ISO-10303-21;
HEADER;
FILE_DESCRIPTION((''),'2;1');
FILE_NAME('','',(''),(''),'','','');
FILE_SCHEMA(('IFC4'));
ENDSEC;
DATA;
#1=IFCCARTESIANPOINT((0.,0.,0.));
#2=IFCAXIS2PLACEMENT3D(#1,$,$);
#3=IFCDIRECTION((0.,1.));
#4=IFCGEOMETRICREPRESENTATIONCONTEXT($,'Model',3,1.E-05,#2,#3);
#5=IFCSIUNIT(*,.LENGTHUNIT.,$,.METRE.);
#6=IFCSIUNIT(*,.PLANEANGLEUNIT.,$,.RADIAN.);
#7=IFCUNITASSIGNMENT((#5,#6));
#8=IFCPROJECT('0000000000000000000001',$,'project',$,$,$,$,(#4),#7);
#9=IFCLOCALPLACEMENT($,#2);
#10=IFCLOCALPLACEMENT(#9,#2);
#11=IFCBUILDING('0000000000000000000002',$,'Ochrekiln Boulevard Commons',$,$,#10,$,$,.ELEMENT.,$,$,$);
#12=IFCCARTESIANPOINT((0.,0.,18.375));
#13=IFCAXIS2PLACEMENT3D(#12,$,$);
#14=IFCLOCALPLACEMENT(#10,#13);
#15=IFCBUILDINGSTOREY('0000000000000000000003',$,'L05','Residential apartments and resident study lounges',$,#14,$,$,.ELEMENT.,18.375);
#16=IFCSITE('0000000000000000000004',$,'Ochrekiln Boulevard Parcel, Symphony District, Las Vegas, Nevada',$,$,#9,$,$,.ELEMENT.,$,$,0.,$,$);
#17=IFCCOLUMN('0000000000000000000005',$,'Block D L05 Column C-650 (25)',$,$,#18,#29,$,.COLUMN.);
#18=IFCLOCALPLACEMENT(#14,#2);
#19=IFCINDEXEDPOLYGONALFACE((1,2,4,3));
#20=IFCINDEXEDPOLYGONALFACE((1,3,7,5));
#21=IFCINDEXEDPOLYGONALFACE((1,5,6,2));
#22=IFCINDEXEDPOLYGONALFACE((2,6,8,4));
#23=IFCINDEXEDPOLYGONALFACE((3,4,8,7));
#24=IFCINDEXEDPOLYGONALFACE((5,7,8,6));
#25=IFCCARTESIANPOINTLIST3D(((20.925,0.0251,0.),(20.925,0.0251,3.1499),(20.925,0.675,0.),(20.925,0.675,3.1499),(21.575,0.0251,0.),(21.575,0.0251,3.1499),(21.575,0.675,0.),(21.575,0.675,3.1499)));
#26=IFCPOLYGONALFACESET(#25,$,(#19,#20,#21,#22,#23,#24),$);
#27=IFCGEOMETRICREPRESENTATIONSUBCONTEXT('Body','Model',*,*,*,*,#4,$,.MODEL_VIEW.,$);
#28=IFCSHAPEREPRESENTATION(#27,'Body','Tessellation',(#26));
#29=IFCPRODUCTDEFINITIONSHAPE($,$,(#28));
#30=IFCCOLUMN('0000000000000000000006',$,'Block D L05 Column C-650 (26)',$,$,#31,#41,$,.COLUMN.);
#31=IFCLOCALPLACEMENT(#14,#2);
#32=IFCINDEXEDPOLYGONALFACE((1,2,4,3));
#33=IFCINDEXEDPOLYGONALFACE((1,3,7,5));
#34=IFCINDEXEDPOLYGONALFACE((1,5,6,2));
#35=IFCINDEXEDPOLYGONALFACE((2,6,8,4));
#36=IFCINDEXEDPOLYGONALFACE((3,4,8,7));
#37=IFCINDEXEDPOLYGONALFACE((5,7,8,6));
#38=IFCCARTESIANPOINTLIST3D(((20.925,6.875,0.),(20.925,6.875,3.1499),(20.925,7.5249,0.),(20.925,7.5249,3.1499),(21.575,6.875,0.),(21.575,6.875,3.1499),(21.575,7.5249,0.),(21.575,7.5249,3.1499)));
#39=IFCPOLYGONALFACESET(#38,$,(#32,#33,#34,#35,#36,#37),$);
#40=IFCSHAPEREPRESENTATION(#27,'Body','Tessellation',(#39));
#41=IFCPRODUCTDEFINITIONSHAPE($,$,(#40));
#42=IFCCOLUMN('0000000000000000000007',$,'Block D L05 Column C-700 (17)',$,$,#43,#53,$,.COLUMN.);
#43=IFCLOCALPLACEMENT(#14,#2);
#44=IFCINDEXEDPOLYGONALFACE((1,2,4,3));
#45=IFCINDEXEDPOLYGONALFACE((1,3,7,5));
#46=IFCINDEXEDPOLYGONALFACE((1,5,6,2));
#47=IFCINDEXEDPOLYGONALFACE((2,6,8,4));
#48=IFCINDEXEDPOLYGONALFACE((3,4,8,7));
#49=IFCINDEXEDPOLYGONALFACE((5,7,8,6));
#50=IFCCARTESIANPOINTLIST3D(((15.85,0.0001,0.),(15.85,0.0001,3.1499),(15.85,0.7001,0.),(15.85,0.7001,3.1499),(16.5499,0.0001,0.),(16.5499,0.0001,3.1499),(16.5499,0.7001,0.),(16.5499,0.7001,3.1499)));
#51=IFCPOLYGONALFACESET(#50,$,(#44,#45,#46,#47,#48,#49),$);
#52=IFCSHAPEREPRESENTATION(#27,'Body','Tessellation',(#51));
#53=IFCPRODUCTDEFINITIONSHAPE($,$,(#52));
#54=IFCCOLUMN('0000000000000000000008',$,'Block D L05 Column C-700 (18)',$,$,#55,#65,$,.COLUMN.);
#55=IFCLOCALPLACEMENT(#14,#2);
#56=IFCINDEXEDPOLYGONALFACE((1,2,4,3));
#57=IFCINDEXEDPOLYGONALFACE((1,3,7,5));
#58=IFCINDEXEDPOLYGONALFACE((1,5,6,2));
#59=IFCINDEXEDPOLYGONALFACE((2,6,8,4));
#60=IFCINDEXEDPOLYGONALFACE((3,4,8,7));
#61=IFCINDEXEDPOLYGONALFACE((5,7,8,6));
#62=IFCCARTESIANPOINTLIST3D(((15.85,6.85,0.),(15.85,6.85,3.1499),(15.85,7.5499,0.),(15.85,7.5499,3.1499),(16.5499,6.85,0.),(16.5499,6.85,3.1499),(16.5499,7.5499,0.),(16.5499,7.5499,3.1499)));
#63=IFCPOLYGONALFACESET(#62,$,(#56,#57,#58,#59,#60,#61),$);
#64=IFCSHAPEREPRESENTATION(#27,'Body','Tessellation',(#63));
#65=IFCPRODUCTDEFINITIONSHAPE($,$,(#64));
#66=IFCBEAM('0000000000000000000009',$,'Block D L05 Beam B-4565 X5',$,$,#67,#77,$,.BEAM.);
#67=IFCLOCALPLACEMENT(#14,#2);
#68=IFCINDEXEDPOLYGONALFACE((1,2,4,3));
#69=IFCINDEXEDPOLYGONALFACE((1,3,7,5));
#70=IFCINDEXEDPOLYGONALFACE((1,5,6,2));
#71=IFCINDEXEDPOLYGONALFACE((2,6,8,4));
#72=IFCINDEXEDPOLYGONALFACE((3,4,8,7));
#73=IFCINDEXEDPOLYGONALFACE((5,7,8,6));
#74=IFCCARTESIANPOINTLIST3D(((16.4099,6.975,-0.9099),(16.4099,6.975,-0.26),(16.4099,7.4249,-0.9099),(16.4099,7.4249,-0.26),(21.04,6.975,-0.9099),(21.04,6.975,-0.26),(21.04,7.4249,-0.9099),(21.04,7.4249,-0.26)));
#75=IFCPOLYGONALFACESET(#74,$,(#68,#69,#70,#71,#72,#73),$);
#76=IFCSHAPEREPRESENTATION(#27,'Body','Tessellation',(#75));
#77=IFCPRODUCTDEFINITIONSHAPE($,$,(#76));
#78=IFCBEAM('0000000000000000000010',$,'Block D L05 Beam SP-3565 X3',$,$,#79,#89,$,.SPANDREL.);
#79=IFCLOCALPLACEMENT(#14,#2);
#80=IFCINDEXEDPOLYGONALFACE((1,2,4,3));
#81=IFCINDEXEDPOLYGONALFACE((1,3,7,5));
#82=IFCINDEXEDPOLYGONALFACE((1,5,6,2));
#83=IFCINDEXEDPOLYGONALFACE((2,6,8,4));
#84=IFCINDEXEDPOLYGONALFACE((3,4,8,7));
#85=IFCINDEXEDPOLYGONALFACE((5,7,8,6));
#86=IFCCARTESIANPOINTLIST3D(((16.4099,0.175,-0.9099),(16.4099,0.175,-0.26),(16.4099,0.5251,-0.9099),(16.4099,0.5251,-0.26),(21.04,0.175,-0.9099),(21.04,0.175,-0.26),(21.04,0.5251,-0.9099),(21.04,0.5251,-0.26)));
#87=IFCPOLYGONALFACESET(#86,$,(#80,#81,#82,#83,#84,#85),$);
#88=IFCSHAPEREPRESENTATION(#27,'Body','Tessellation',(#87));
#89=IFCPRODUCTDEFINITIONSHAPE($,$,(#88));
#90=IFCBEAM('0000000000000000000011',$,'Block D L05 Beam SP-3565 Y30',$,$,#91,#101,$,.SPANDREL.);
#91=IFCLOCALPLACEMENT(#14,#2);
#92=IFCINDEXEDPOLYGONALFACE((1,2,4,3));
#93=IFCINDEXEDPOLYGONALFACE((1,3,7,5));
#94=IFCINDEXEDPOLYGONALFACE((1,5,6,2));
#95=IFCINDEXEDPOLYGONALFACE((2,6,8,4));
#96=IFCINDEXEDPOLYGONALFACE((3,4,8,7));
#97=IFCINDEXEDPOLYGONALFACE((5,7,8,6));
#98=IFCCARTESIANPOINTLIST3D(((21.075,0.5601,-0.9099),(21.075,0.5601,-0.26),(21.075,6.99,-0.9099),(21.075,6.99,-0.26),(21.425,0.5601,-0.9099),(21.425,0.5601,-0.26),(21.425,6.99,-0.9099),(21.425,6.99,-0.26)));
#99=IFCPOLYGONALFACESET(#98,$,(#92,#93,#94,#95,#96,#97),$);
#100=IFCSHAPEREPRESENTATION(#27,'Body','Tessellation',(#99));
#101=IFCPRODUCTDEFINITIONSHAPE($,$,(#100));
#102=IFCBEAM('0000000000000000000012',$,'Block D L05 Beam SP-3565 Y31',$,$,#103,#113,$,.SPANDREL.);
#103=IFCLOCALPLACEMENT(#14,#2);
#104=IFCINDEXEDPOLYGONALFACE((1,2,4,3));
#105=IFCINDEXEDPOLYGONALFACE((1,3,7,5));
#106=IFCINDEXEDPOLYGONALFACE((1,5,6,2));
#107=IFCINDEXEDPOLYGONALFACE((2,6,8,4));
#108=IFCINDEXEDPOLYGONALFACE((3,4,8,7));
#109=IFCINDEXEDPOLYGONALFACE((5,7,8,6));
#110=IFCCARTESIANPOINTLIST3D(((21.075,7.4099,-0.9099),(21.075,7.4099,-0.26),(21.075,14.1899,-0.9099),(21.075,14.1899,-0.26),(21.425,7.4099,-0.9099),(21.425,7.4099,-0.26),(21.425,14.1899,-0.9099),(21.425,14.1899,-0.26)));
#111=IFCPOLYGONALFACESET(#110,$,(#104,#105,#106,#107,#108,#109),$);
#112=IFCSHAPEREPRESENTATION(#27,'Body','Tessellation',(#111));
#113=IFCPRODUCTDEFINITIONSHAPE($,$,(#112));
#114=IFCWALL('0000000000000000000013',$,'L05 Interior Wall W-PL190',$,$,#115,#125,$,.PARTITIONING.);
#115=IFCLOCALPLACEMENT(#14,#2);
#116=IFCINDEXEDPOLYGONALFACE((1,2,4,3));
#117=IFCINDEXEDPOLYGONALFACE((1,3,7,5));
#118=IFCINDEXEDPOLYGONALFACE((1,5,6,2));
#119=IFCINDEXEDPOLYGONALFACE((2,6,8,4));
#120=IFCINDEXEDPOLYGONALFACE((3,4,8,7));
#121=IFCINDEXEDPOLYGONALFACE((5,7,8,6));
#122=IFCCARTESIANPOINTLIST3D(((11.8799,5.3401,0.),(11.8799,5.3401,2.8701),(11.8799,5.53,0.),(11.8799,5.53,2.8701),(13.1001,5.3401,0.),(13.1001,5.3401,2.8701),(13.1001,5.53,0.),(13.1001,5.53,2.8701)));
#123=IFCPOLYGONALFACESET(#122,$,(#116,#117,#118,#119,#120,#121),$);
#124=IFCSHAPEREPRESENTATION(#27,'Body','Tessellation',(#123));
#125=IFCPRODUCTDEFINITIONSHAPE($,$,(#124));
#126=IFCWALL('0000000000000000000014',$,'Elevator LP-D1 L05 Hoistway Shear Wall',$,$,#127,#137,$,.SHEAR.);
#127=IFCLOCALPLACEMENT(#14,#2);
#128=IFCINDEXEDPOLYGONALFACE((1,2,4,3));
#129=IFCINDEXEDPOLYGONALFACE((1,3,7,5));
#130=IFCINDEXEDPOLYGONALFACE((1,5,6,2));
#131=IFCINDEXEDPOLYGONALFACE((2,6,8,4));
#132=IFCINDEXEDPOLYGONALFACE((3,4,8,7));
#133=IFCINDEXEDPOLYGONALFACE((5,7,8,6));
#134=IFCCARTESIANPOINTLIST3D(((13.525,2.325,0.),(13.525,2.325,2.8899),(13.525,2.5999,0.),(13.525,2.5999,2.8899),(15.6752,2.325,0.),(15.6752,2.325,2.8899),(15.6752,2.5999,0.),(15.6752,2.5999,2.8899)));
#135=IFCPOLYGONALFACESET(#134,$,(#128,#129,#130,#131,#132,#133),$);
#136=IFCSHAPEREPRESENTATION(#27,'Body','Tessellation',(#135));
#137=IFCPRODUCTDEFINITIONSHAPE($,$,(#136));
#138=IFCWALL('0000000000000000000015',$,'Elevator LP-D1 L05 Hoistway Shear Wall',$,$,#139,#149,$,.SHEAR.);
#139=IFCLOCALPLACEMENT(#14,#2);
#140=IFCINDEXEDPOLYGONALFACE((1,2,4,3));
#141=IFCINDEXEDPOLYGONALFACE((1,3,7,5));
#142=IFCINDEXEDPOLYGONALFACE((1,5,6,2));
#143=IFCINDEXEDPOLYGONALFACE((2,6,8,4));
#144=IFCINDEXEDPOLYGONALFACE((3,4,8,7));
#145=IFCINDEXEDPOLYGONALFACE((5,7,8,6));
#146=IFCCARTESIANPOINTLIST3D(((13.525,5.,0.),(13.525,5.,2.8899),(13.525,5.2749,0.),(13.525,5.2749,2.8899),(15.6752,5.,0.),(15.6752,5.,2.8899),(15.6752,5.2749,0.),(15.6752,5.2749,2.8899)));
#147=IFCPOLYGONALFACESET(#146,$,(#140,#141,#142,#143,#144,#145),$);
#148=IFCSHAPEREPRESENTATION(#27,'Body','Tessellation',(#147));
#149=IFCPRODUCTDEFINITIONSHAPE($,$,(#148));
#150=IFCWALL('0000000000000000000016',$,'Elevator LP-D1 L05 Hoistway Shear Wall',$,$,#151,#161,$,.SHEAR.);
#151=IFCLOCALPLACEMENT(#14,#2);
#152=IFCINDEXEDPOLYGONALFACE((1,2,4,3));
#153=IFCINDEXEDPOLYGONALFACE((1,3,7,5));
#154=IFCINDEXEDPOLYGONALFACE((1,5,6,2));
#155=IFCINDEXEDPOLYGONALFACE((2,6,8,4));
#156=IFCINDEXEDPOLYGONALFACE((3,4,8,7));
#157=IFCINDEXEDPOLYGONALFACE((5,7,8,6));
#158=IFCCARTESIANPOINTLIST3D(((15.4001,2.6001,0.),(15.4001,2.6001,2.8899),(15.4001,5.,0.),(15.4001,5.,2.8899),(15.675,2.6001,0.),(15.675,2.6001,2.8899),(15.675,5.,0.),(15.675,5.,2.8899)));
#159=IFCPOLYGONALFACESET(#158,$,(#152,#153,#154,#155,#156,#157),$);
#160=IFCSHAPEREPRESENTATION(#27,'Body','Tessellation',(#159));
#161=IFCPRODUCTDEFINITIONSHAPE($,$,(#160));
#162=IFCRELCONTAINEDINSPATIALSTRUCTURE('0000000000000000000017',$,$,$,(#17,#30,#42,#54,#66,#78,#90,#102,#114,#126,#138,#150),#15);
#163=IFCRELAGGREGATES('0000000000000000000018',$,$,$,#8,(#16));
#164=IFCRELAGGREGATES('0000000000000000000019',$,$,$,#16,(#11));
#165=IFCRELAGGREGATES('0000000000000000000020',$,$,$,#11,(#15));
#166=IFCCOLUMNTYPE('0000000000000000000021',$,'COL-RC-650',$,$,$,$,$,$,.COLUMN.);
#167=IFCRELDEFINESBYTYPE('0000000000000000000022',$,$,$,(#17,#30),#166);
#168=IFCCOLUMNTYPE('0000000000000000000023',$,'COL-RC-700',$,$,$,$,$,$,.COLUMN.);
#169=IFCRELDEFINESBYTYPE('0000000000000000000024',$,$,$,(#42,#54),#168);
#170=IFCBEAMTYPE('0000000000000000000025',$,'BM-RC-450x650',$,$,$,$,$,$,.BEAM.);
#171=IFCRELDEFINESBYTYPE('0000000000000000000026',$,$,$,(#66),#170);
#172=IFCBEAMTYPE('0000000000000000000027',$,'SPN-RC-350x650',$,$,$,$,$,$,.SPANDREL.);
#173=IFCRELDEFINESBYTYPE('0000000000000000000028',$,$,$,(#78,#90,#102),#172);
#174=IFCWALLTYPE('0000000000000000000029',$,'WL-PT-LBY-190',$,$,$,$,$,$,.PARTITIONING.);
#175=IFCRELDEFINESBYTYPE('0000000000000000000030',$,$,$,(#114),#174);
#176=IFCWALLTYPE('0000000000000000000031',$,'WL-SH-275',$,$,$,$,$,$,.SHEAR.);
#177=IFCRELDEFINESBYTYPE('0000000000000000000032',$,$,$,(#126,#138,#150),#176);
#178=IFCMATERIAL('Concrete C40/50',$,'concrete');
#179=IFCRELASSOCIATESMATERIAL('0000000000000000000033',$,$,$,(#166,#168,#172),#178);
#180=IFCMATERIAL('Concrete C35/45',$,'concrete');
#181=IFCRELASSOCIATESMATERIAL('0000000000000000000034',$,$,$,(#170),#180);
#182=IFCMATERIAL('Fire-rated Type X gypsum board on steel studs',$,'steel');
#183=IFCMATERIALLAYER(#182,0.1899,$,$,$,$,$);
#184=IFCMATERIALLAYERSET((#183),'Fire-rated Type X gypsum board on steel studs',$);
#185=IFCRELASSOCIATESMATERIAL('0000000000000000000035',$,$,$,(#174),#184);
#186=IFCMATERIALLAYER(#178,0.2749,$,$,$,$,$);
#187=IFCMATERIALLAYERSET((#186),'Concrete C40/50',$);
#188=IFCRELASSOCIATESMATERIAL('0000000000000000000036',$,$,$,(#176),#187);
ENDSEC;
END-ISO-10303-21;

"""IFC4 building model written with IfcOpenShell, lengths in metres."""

from ifc_helpers import new_model, si_unit, direction, frame, frame_2d, origin, origin_2d, place, context, subcontext, project, spatial, rectangle, extrude, material, layer, layer_set, material_profile, profile_set, type_object, element, save


model = new_model("IFC4")

# Units and contexts
model_context = context("Model", 3, precision=1e-05, world=origin(), true_north=direction((0.0, 1.0)))
body_context = subcontext(model_context, "Body", "Model", "MODEL_VIEW")
ifc_project = project(units=[si_unit("LENGTHUNIT", "METRE"), si_unit("PLANEANGLEUNIT", "RADIAN")], contexts=[model_context])

# Site, building, storey
site_placement = place(None, origin())
site = spatial("IfcSite", under=ifc_project, at=site_placement, Name="Ochrekiln Boulevard Parcel, Symphony District, Las Vegas, Nevada", CompositionType="ELEMENT", RefElevation=0.0)
building_placement = place(site_placement, origin())
building = spatial("IfcBuilding", under=site, at=building_placement, Name="Ochrekiln Boulevard Commons", CompositionType="ELEMENT")
storey_placement = place(building_placement, frame((0.0, 0.0, 18.375)))
storey = spatial("IfcBuildingStorey", under=building, at=storey_placement, Name="L05", Description="Residential apartments and resident study lounges", CompositionType="ELEMENT", Elevation=18.375)

# Columns
ifc_material_1 = material(Name="Concrete C40/50", Category="concrete")
ifc_material_profile_1 = material_profile(ifc_material_1, rectangle(XDim=0.6499, YDim=0.6499, at=origin_2d()), Name="RC-COL-650x650")
ifc_profile_set_1 = profile_set([ifc_material_profile_1], Name="Concrete C40/50")
column_type_1 = type_object("IfcColumnType", Name="COL-RC-650", PredefinedType="COLUMN", material=ifc_profile_set_1)
for number, where, z_axis, x_axis, name in (
    (1, (21.25, 0.3501, 0.0), (0.0, 0.0, 1.0), (1.0, 0.0, 0.0), "Block D L05 Column C-650 (25)"),
    (2, (21.25, 7.2, 0.0), (0.0, 0.0, 1.0), (1.0, 0.0, 0.0), "Block D L05 Column C-650 (26)"),
):
    element("IfcColumn", number, at=place(storey_placement, frame(where, z_axis=z_axis, x_axis=x_axis)), inside=storey, type_object=column_type_1, Name=name, PredefinedType="COLUMN", context=body_context, shape_type="SweptSolid", body=[
        extrude(rectangle(XDim=0.6499, YDim=0.6499, at=origin_2d()), origin(), (0.0, 0.0, 1.0), 3.1499),
    ])
ifc_material_profile_2 = material_profile(ifc_material_1, rectangle(XDim=0.7, YDim=0.7, at=origin_2d()), Name="RC-COL-700x700")
ifc_profile_set_2 = profile_set([ifc_material_profile_2], Name="Concrete C40/50")
column_type_2 = type_object("IfcColumnType", Name="COL-RC-700", PredefinedType="COLUMN", material=ifc_profile_set_2)
for number, where, z_axis, x_axis, name in (
    (3, (16.2, 0.3501, 0.0), (0.0, 0.0, 1.0), (1.0, 0.0, 0.0), "Block D L05 Column C-700 (17)"),
    (4, (16.2, 7.2, 0.0), (0.0, 0.0, 1.0), (1.0, 0.0, 0.0), "Block D L05 Column C-700 (18)"),
):
    element("IfcColumn", number, at=place(storey_placement, frame(where, z_axis=z_axis, x_axis=x_axis)), inside=storey, type_object=column_type_2, Name=name, PredefinedType="COLUMN", context=body_context, shape_type="SweptSolid", body=[
        extrude(rectangle(XDim=0.7, YDim=0.7, at=origin_2d()), origin(), (0.0, 0.0, 1.0), 3.1499),
    ])

# Beams
ifc_material_2 = material(Name="Concrete C35/45", Category="concrete")
ifc_material_profile_3 = material_profile(ifc_material_2, rectangle(XDim=0.45, YDim=0.6499, at=origin_2d()), Name="RC-BM-450x650")
ifc_profile_set_3 = profile_set([ifc_material_profile_3], Name="Concrete C35/45")
beam_type_1 = type_object("IfcBeamType", Name="BM-RC-450x650", PredefinedType="BEAM", material=ifc_profile_set_3)
beam_1_placement = place(storey_placement, frame((16.4099, 7.2, -0.585), z_axis=(1.0, 0.0, 0.0), x_axis=(0.0, 1.0, 0.0)))
element("IfcBeam", 5, at=beam_1_placement, inside=storey, type_object=beam_type_1, Name="Block D L05 Beam B-4565 X5", PredefinedType="BEAM", context=body_context, shape_type="SweptSolid", body=[
    extrude(rectangle(XDim=0.45, YDim=0.6499, at=origin_2d()), origin(), (0.0, 0.0, 1.0), 4.6301),
])
ifc_material_profile_4 = material_profile(ifc_material_1, rectangle(XDim=0.3501, YDim=0.6499, at=origin_2d()), Name="RC-SPN-350x650")
ifc_profile_set_4 = profile_set([ifc_material_profile_4], Name="Concrete C40/50")
beam_type_2 = type_object("IfcBeamType", Name="SPN-RC-350x650", PredefinedType="SPANDREL", material=ifc_profile_set_4)
beam_2_placement = place(storey_placement, frame((16.4099, 0.3501, -0.585), z_axis=(1.0, 0.0, 0.0), x_axis=(0.0, 1.0, 0.0)))
element("IfcBeam", 6, at=beam_2_placement, inside=storey, type_object=beam_type_2, Name="Block D L05 Beam SP-3565 X3", PredefinedType="SPANDREL", context=body_context, shape_type="SweptSolid", body=[
    extrude(rectangle(XDim=0.3501, YDim=0.6499, at=origin_2d()), origin(), (0.0, 0.0, 1.0), 4.6301),
])
beam_3_placement = place(storey_placement, frame((21.25, 0.5601, -0.585), z_axis=(0.0, 1.0, 0.0), x_axis=(-1.0, 0.0, 0.0)))
element("IfcBeam", 7, at=beam_3_placement, inside=storey, type_object=beam_type_2, Name="Block D L05 Beam SP-3565 Y30", PredefinedType="SPANDREL", context=body_context, shape_type="SweptSolid", body=[
    extrude(rectangle(XDim=0.3501, YDim=0.6499, at=origin_2d()), origin(), (0.0, 0.0, 1.0), 6.4299),
])
beam_4_placement = place(storey_placement, frame((21.25, 7.4099, -0.585), z_axis=(0.0, 1.0, 0.0), x_axis=(-1.0, 0.0, 0.0)))
element("IfcBeam", 8, at=beam_4_placement, inside=storey, type_object=beam_type_2, Name="Block D L05 Beam SP-3565 Y31", PredefinedType="SPANDREL", context=body_context, shape_type="SweptSolid", body=[
    extrude(rectangle(XDim=0.3501, YDim=0.6499, at=origin_2d()), origin(), (0.0, 0.0, 1.0), 6.78),
])

# Walls
ifc_material_3 = material(Name="Fire-rated Type X gypsum board on steel studs", Category="steel")
ifc_layer_1 = layer(ifc_material_3, 0.1899)
ifc_layer_set_1 = layer_set([ifc_layer_1], Name="Fire-rated Type X gypsum board on steel studs")
wall_type_1 = type_object("IfcWallType", Name="WL-PT-LBY-190", PredefinedType="PARTITIONING", material=ifc_layer_set_1)
wall_1_placement = place(storey_placement, frame((11.8799, 5.4351, 0.0), z_axis=(0.0, 0.0, 1.0), x_axis=(1.0, 0.0, 0.0)))
element("IfcWall", 9, at=wall_1_placement, inside=storey, type_object=wall_type_1, Name="L05 Interior Wall W-PL190", PredefinedType="PARTITIONING", context=body_context, shape_type="SweptSolid", body=[
    extrude(rectangle(XDim=1.2202, YDim=0.1899, at=frame_2d((0.6101, 0.0))), origin(), (0.0, 0.0, 1.0), 2.8701),
])
ifc_layer_2 = layer(ifc_material_1, 0.2749)
ifc_layer_set_2 = layer_set([ifc_layer_2], Name="Concrete C40/50")
wall_type_2 = type_object("IfcWallType", Name="WL-SH-275", PredefinedType="SHEAR", material=ifc_layer_set_2)
for number, where, z_axis, x_axis, name in (
    (10, (13.5249, 2.4624, 0.0), (0.0, 0.0, 1.0), (1.0, 0.0, 0.0), "Elevator LP-D1 L05 Hoistway Shear Wall"),
    (11, (13.5249, 5.1375, 0.0), (0.0, 0.0, 1.0), (1.0, 0.0, 0.0), "Elevator LP-D1 L05 Hoistway Shear Wall"),
):
    element("IfcWall", number, at=place(storey_placement, frame(where, z_axis=z_axis, x_axis=x_axis)), inside=storey, type_object=wall_type_2, Name=name, PredefinedType="SHEAR", context=body_context, shape_type="SweptSolid", body=[
        extrude(rectangle(XDim=2.1501, YDim=0.2749, at=frame_2d((1.0752, 0.0))), origin(), (0.0, 0.0, 1.0), 2.8899),
    ])

# Wall
wall_2_placement = place(storey_placement, frame((15.5376, 2.6001, 0.0), z_axis=(0.0, 0.0, 1.0), x_axis=(0.0, 1.0, 0.0)))
element("IfcWall", 12, at=wall_2_placement, inside=storey, type_object=wall_type_2, Name="Elevator LP-D1 L05 Hoistway Shear Wall", PredefinedType="SHEAR", context=body_context, shape_type="SweptSolid", body=[
    extrude(rectangle(XDim=2.3999, YDim=0.2749, at=frame_2d((1.2, 0.0))), origin(), (0.0, 0.0, 1.0), 2.8899),
])

save(model, "model.ifc")
